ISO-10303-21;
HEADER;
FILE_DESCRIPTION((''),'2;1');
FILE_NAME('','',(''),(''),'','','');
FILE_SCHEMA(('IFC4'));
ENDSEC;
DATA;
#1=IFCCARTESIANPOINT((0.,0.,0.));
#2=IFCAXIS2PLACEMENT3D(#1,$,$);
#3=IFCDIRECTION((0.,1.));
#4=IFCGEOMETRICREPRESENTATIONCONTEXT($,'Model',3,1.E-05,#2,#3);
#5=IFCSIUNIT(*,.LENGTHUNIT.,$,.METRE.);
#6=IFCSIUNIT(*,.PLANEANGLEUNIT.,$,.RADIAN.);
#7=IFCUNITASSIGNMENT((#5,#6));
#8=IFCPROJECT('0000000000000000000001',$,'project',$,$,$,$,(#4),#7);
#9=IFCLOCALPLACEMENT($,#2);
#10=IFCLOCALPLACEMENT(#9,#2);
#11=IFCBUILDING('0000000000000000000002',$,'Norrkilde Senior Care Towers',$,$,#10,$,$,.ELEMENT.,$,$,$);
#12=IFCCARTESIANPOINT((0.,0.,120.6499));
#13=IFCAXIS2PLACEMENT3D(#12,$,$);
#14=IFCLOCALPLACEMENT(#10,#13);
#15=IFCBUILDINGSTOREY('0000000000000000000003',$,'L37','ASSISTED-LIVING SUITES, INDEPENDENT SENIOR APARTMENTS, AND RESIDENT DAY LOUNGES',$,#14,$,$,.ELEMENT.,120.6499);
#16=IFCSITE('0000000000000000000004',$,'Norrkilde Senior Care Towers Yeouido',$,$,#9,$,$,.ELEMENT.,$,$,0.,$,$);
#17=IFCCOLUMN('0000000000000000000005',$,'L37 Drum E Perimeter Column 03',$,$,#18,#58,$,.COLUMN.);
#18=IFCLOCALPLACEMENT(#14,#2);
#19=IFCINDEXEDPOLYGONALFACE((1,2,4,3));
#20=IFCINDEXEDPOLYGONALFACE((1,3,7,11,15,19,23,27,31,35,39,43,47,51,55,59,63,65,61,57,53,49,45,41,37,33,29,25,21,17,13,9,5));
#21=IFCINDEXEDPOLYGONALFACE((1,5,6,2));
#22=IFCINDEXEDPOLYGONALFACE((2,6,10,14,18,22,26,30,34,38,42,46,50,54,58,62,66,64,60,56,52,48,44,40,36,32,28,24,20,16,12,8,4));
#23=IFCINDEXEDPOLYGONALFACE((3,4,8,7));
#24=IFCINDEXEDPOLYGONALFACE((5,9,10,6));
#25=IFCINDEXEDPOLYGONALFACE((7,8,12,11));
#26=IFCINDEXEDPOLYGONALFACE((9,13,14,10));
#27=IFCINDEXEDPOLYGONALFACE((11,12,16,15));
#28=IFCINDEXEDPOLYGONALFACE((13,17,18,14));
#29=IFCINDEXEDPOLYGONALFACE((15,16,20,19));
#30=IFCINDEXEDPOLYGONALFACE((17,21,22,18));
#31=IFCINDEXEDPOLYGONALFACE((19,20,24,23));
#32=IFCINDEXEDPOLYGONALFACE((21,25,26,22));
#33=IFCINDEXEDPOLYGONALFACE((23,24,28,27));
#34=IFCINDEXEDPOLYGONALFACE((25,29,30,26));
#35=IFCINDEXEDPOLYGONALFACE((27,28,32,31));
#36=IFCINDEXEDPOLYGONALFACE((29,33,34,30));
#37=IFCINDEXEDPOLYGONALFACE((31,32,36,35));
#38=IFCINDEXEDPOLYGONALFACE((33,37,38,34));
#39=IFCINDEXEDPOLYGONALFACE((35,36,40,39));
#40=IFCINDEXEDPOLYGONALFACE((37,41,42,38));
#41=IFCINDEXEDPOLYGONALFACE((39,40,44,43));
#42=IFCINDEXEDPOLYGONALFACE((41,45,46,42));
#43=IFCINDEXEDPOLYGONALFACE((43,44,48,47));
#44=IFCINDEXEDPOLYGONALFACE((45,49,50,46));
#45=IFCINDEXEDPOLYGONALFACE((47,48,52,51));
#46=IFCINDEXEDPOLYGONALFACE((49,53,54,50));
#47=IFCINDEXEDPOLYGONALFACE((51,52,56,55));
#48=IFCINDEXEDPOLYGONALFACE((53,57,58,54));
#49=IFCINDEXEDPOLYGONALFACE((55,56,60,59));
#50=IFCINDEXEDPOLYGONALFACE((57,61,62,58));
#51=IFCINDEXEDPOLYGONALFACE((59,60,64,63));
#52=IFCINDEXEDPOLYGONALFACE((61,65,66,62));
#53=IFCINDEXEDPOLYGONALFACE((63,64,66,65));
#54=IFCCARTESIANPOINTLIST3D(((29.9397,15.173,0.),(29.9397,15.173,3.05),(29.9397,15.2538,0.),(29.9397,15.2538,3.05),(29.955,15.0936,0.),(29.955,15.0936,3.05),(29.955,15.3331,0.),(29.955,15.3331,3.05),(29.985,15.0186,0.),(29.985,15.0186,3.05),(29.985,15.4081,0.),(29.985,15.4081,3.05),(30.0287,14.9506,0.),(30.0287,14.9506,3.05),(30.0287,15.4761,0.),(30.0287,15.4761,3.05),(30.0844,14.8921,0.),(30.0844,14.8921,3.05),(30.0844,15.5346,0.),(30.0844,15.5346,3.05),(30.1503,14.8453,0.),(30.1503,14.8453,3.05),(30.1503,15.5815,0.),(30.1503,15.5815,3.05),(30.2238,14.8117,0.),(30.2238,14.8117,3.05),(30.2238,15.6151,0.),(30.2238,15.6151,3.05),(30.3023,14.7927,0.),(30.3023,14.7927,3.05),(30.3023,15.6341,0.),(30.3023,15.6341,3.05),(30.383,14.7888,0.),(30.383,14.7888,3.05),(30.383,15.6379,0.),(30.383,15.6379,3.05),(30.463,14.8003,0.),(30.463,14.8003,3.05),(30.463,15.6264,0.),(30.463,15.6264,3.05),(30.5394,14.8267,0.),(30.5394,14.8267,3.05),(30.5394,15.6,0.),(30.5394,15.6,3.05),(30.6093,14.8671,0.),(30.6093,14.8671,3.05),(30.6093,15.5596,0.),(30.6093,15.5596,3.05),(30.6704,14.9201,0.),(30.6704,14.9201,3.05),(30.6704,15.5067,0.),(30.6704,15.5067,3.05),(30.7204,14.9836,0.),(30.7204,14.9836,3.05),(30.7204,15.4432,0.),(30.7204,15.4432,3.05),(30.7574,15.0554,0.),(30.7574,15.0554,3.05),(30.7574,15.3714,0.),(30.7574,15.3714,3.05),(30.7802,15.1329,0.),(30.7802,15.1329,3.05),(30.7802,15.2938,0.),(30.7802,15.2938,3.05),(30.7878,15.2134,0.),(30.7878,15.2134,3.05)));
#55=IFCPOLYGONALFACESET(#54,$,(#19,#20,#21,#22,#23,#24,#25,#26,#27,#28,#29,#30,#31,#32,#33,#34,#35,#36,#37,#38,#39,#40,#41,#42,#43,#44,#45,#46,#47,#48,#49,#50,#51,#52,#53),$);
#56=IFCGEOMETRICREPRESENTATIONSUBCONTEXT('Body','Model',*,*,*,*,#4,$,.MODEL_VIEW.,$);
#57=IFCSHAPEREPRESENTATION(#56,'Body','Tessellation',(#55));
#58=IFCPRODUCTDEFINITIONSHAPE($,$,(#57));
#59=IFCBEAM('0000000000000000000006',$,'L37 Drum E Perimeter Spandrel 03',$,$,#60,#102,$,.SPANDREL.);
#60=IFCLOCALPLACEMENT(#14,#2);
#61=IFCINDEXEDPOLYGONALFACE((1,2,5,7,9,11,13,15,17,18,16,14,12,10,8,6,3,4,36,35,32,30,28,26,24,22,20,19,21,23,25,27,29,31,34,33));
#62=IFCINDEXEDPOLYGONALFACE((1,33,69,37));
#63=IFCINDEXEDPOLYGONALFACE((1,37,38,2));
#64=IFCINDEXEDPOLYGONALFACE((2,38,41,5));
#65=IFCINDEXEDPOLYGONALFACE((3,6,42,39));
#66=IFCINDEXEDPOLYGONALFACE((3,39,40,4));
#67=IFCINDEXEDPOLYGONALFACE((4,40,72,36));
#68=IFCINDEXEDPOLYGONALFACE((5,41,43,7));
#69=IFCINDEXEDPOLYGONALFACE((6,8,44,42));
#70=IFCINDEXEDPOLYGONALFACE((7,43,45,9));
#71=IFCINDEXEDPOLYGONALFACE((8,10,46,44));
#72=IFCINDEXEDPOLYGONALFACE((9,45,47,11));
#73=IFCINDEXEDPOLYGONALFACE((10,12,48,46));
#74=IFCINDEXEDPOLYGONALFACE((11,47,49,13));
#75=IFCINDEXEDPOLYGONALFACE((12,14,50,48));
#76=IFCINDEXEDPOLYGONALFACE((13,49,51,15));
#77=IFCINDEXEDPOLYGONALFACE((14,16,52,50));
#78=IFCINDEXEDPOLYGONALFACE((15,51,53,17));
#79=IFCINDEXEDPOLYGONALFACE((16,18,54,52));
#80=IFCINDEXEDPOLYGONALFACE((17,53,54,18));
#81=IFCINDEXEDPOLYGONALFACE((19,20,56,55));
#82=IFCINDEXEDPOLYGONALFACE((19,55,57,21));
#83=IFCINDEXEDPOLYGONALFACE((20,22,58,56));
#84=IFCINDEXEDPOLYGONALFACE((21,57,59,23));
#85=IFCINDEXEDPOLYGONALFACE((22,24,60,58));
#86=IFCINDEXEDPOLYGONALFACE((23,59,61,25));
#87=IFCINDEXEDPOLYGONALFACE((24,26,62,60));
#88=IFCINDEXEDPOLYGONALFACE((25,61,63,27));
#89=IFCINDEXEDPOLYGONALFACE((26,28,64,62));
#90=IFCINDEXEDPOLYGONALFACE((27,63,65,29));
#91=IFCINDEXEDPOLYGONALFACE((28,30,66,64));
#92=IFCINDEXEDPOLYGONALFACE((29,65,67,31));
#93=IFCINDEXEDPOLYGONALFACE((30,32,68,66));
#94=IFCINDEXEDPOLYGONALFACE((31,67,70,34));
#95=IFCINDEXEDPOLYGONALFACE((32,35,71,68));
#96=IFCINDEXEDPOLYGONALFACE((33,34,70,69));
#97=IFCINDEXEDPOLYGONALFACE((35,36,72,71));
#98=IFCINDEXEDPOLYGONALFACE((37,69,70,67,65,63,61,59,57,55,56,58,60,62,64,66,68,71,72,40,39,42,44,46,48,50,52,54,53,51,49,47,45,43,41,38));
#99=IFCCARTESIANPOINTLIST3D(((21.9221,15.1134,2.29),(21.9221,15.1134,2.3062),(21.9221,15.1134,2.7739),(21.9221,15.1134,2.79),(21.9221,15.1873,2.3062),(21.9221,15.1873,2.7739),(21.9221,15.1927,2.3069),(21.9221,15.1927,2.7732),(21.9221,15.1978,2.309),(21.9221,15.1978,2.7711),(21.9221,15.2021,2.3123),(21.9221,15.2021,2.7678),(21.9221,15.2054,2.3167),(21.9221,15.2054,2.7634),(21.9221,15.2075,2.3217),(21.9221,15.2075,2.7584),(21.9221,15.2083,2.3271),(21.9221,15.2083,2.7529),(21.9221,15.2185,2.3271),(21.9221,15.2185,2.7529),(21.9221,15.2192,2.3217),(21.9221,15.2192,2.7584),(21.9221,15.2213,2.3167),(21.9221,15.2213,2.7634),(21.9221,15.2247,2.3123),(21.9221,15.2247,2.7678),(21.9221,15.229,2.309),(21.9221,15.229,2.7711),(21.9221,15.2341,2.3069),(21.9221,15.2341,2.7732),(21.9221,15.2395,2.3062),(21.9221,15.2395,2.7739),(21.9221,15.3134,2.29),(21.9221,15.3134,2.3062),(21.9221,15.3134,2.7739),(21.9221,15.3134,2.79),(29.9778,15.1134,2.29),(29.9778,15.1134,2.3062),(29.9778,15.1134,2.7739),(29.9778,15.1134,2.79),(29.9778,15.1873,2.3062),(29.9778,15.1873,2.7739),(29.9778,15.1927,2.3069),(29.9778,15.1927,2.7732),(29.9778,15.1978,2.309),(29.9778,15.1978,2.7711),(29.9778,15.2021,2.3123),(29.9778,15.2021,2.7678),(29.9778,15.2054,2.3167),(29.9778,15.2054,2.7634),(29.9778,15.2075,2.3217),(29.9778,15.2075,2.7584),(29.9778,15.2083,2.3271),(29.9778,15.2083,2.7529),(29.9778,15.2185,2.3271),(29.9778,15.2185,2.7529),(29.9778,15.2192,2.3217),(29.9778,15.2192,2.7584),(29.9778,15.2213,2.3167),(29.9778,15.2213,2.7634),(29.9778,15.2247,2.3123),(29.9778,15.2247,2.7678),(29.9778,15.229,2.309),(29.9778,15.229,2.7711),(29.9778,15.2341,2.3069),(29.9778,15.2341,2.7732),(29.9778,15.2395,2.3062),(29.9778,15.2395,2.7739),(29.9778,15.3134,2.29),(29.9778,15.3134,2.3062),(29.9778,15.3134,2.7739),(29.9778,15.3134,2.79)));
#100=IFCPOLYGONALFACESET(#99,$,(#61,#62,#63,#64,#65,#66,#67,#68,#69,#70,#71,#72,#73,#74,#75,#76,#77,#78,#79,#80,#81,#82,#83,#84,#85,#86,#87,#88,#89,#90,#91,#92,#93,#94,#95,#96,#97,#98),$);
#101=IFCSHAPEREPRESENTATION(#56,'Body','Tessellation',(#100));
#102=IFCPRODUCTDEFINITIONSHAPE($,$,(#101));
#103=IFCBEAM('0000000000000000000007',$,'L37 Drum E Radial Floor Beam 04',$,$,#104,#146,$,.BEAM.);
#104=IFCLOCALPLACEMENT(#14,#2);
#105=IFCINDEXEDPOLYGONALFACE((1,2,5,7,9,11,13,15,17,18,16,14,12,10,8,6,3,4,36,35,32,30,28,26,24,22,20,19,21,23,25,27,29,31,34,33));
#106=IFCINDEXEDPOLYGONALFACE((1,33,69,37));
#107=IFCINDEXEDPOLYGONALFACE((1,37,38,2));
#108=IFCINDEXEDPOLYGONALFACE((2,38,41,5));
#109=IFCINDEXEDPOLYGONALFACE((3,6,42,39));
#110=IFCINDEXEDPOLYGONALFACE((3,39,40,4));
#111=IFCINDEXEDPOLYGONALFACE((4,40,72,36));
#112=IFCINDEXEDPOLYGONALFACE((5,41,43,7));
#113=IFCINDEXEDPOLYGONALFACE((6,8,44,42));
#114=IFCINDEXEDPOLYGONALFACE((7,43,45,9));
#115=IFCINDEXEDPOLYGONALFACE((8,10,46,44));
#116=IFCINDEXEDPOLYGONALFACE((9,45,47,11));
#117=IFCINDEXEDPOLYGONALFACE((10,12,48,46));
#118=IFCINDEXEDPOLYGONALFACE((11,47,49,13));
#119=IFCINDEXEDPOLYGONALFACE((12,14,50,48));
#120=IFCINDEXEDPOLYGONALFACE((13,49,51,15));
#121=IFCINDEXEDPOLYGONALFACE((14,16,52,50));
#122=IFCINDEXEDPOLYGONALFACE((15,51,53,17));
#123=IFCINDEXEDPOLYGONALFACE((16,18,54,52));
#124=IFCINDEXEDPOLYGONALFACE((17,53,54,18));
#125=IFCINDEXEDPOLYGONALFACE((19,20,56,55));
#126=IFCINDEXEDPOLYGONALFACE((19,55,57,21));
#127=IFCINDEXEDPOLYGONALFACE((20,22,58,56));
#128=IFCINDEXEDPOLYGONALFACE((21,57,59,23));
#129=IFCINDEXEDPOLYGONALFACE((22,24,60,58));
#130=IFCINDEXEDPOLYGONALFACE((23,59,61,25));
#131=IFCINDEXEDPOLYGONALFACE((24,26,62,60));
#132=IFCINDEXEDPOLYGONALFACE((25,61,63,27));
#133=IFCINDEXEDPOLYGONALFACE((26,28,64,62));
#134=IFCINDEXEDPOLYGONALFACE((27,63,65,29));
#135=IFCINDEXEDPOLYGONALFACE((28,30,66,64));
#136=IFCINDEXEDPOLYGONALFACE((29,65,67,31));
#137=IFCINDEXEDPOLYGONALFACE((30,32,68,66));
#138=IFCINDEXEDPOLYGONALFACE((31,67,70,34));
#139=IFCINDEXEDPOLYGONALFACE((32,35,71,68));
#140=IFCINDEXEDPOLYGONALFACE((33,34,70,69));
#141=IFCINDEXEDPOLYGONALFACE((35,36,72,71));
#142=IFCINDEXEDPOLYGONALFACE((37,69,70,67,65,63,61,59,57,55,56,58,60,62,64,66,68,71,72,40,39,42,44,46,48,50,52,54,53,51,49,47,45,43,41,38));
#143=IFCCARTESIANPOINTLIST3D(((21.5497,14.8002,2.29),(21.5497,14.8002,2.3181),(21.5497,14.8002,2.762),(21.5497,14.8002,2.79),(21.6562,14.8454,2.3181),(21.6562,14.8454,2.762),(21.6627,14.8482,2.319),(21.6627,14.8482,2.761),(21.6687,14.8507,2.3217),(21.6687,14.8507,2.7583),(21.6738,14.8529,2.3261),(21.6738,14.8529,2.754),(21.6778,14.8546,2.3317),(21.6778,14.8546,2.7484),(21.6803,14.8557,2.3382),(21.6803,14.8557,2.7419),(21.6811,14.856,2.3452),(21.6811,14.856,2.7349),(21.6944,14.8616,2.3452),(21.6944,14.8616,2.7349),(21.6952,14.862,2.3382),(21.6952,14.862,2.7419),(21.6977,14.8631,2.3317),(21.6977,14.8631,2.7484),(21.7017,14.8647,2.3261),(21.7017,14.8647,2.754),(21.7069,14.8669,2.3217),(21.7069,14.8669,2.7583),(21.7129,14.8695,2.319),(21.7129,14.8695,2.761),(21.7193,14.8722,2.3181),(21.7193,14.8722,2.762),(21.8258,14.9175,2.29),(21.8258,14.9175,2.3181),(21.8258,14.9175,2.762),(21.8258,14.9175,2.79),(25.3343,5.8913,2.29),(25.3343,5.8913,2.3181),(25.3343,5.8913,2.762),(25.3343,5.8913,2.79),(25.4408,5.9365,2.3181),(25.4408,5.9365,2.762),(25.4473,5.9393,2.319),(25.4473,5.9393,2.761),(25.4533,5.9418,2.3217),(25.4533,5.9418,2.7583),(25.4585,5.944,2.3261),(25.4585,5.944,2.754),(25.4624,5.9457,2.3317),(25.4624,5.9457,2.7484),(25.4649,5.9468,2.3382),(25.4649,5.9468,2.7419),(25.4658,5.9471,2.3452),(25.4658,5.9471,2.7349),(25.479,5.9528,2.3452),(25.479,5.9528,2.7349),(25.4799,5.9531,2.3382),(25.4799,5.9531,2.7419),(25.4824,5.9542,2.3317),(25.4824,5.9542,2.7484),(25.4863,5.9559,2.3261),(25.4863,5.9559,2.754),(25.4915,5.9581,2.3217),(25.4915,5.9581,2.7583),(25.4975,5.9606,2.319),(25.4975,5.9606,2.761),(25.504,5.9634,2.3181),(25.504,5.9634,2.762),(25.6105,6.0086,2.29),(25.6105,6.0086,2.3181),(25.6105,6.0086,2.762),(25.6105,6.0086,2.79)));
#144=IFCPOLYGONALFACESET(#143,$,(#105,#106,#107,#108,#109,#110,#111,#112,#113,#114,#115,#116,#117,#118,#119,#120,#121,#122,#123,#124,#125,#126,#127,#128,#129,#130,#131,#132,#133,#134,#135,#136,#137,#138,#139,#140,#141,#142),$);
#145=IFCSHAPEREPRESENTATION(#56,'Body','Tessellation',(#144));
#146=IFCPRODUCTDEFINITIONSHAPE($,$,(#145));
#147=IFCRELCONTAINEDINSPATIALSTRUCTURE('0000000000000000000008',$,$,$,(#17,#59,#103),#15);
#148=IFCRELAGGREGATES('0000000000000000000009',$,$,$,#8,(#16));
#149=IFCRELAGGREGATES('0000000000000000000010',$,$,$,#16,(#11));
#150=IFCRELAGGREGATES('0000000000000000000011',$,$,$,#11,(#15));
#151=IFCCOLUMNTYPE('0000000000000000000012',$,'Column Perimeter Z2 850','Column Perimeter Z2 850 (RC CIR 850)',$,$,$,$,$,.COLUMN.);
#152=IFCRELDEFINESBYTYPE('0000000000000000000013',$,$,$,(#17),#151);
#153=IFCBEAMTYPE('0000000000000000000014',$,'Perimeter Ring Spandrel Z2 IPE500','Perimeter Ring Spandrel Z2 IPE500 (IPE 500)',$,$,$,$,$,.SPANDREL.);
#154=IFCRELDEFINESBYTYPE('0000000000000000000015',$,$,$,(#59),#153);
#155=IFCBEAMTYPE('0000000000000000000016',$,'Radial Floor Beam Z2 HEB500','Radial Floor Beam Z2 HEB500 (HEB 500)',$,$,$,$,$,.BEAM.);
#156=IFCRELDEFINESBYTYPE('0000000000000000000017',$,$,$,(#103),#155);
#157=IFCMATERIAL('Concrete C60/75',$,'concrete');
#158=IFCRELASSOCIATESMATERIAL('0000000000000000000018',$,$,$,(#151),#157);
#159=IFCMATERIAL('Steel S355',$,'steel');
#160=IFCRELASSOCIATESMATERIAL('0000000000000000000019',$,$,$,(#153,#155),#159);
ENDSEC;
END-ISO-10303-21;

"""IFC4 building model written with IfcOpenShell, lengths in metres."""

from ifc_helpers import new_model, si_unit, direction, frame, origin, origin_2d, place, context, subcontext, project, spatial, circle, i_section, extrude, source, transform, mapped, material, material_profile, profile_set, type_object, type_shapes, element, save


model = new_model("IFC4")

# Units and contexts
model_context = context("Model", 3, precision=1e-05, world=origin(), true_north=direction((0.0, 1.0)))
body_context = subcontext(model_context, "Body", "Model", "MODEL_VIEW")
ifc_project = project(units=[si_unit("LENGTHUNIT", "METRE"), si_unit("PLANEANGLEUNIT", "RADIAN")], contexts=[model_context])

# Site, building, storey
site_placement = place(None, origin())
site = spatial("IfcSite", under=ifc_project, at=site_placement, Name="Norrkilde Senior Care Towers Yeouido", CompositionType="ELEMENT", RefElevation=0.0)
building_placement = place(site_placement, origin())
building = spatial("IfcBuilding", under=site, at=building_placement, Name="Norrkilde Senior Care Towers", CompositionType="ELEMENT")
storey_placement = place(building_placement, frame((0.0, 0.0, 120.6499)))
storey = spatial("IfcBuildingStorey", under=building, at=storey_placement, Name="L37", Description="ASSISTED-LIVING SUITES, INDEPENDENT SENIOR APARTMENTS, AND RESIDENT DAY LOUNGES", CompositionType="ELEMENT", Elevation=120.6499)

# Column
ifc_material_1 = material(Name="Concrete C60/75", Category="concrete")
ifc_material_profile_1 = material_profile(ifc_material_1, circle(Radius=0.425, at=origin_2d()), Name="RC CIR 850")
ifc_profile_set_1 = profile_set([ifc_material_profile_1], Name="Concrete C60/75")
column_type = type_object("IfcColumnType", Name="Column Perimeter Z2 850", Description="Column Perimeter Z2 850 (RC CIR 850)", PredefinedType="COLUMN", material=ifc_profile_set_1)
shared_shape_1 = source(origin(), body_context, "Body", "SweptSolid", [
    extrude(circle(Radius=0.425, at=origin_2d()), origin(), (0.0, 0.0, 1.0), 3.05),
])
type_shapes(column_type, [shared_shape_1])
column_placement = place(storey_placement, frame((30.3628, 15.2134, 0.0), z_axis=(0.0, 0.0, 1.0), x_axis=(1.0, 0.0, 0.0)))
element("IfcColumn", 1, at=column_placement, inside=storey, type_object=column_type, Name="L37 Drum E Perimeter Column 03", PredefinedType="COLUMN", context=body_context, shape_type="MappedRepresentation", body=[
    mapped(shared_shape_1, transform((0.0, 0.0, 0.0), x_axis=(1.0, 0.0, 0.0), y_axis=(0.0, 1.0, 0.0), z_axis=(0.0, 0.0, 1.0), scale=1.0)),
])

# Beams
ifc_material_2 = material(Name="Steel S355", Category="steel")
ifc_material_profile_2 = material_profile(ifc_material_2, i_section(OverallWidth=0.2, OverallDepth=0.5, WebThickness=0.0103, FlangeThickness=0.0161, FilletRadius=0.021, at=origin_2d()), Name="IPE 500")
ifc_profile_set_2 = profile_set([ifc_material_profile_2], Name="Steel S355")
beam_type_1 = type_object("IfcBeamType", Name="Perimeter Ring Spandrel Z2 IPE500", Description="Perimeter Ring Spandrel Z2 IPE500 (IPE 500)", PredefinedType="SPANDREL", material=ifc_profile_set_2)
shared_shape_2 = source(origin(), body_context, "Body", "SweptSolid", [
    extrude(i_section(OverallWidth=0.2, OverallDepth=0.5, WebThickness=0.0103, FlangeThickness=0.0161, FilletRadius=0.021, at=origin_2d()), origin(), (0.0, 0.0, 1.0), 8.0557),
])
type_shapes(beam_type_1, [shared_shape_2])
beam_1_placement = place(storey_placement, frame((29.9778, 15.2134, 2.54), z_axis=(-1.0, 0.0, 0.0), x_axis=(0.0, -1.0, 0.0)))
element("IfcBeam", 2, at=beam_1_placement, inside=storey, type_object=beam_type_1, Name="L37 Drum E Perimeter Spandrel 03", PredefinedType="SPANDREL", context=body_context, shape_type="MappedRepresentation", body=[
    mapped(shared_shape_2, transform((0.0, 0.0, 0.0), x_axis=(1.0, 0.0, 0.0), y_axis=(0.0, 1.0, 0.0), z_axis=(0.0, 0.0, 1.0), scale=1.0)),
])
ifc_material_profile_3 = material_profile(ifc_material_2, i_section(OverallWidth=0.3, OverallDepth=0.5, WebThickness=0.0144, FlangeThickness=0.0281, FilletRadius=0.0271, at=origin_2d()), Name="HEB 500")
ifc_profile_set_3 = profile_set([ifc_material_profile_3], Name="Steel S355")
beam_type_2 = type_object("IfcBeamType", Name="Radial Floor Beam Z2 HEB500", Description="Radial Floor Beam Z2 HEB500 (HEB 500)", PredefinedType="BEAM", material=ifc_profile_set_3)
shared_shape_3 = source(origin(), body_context, "Body", "SweptSolid", [
    extrude(i_section(OverallWidth=0.3, OverallDepth=0.5, WebThickness=0.0144, FlangeThickness=0.0281, FilletRadius=0.0271, at=origin_2d()), origin(), (0.0, 0.0, 1.0), 9.6794),
])
beam_2_placement = place(storey_placement, frame((25.4724, 5.95, 2.54), z_axis=(-0.390998, 0.920392, 0.0), x_axis=(-0.920392, -0.390998, 0.0)))
element("IfcBeam", 3, at=beam_2_placement, inside=storey, type_object=beam_type_2, Name="L37 Drum E Radial Floor Beam 04", PredefinedType="BEAM", context=body_context, shape_type="MappedRepresentation", body=[
    mapped(shared_shape_3, transform((0.0, 0.0, 0.0), x_axis=(1.0, 0.0, 0.0), y_axis=(0.0, 1.0, 0.0), z_axis=(0.0, 0.0, 1.0), scale=1.0)),
])

save(model, "model.ifc")
